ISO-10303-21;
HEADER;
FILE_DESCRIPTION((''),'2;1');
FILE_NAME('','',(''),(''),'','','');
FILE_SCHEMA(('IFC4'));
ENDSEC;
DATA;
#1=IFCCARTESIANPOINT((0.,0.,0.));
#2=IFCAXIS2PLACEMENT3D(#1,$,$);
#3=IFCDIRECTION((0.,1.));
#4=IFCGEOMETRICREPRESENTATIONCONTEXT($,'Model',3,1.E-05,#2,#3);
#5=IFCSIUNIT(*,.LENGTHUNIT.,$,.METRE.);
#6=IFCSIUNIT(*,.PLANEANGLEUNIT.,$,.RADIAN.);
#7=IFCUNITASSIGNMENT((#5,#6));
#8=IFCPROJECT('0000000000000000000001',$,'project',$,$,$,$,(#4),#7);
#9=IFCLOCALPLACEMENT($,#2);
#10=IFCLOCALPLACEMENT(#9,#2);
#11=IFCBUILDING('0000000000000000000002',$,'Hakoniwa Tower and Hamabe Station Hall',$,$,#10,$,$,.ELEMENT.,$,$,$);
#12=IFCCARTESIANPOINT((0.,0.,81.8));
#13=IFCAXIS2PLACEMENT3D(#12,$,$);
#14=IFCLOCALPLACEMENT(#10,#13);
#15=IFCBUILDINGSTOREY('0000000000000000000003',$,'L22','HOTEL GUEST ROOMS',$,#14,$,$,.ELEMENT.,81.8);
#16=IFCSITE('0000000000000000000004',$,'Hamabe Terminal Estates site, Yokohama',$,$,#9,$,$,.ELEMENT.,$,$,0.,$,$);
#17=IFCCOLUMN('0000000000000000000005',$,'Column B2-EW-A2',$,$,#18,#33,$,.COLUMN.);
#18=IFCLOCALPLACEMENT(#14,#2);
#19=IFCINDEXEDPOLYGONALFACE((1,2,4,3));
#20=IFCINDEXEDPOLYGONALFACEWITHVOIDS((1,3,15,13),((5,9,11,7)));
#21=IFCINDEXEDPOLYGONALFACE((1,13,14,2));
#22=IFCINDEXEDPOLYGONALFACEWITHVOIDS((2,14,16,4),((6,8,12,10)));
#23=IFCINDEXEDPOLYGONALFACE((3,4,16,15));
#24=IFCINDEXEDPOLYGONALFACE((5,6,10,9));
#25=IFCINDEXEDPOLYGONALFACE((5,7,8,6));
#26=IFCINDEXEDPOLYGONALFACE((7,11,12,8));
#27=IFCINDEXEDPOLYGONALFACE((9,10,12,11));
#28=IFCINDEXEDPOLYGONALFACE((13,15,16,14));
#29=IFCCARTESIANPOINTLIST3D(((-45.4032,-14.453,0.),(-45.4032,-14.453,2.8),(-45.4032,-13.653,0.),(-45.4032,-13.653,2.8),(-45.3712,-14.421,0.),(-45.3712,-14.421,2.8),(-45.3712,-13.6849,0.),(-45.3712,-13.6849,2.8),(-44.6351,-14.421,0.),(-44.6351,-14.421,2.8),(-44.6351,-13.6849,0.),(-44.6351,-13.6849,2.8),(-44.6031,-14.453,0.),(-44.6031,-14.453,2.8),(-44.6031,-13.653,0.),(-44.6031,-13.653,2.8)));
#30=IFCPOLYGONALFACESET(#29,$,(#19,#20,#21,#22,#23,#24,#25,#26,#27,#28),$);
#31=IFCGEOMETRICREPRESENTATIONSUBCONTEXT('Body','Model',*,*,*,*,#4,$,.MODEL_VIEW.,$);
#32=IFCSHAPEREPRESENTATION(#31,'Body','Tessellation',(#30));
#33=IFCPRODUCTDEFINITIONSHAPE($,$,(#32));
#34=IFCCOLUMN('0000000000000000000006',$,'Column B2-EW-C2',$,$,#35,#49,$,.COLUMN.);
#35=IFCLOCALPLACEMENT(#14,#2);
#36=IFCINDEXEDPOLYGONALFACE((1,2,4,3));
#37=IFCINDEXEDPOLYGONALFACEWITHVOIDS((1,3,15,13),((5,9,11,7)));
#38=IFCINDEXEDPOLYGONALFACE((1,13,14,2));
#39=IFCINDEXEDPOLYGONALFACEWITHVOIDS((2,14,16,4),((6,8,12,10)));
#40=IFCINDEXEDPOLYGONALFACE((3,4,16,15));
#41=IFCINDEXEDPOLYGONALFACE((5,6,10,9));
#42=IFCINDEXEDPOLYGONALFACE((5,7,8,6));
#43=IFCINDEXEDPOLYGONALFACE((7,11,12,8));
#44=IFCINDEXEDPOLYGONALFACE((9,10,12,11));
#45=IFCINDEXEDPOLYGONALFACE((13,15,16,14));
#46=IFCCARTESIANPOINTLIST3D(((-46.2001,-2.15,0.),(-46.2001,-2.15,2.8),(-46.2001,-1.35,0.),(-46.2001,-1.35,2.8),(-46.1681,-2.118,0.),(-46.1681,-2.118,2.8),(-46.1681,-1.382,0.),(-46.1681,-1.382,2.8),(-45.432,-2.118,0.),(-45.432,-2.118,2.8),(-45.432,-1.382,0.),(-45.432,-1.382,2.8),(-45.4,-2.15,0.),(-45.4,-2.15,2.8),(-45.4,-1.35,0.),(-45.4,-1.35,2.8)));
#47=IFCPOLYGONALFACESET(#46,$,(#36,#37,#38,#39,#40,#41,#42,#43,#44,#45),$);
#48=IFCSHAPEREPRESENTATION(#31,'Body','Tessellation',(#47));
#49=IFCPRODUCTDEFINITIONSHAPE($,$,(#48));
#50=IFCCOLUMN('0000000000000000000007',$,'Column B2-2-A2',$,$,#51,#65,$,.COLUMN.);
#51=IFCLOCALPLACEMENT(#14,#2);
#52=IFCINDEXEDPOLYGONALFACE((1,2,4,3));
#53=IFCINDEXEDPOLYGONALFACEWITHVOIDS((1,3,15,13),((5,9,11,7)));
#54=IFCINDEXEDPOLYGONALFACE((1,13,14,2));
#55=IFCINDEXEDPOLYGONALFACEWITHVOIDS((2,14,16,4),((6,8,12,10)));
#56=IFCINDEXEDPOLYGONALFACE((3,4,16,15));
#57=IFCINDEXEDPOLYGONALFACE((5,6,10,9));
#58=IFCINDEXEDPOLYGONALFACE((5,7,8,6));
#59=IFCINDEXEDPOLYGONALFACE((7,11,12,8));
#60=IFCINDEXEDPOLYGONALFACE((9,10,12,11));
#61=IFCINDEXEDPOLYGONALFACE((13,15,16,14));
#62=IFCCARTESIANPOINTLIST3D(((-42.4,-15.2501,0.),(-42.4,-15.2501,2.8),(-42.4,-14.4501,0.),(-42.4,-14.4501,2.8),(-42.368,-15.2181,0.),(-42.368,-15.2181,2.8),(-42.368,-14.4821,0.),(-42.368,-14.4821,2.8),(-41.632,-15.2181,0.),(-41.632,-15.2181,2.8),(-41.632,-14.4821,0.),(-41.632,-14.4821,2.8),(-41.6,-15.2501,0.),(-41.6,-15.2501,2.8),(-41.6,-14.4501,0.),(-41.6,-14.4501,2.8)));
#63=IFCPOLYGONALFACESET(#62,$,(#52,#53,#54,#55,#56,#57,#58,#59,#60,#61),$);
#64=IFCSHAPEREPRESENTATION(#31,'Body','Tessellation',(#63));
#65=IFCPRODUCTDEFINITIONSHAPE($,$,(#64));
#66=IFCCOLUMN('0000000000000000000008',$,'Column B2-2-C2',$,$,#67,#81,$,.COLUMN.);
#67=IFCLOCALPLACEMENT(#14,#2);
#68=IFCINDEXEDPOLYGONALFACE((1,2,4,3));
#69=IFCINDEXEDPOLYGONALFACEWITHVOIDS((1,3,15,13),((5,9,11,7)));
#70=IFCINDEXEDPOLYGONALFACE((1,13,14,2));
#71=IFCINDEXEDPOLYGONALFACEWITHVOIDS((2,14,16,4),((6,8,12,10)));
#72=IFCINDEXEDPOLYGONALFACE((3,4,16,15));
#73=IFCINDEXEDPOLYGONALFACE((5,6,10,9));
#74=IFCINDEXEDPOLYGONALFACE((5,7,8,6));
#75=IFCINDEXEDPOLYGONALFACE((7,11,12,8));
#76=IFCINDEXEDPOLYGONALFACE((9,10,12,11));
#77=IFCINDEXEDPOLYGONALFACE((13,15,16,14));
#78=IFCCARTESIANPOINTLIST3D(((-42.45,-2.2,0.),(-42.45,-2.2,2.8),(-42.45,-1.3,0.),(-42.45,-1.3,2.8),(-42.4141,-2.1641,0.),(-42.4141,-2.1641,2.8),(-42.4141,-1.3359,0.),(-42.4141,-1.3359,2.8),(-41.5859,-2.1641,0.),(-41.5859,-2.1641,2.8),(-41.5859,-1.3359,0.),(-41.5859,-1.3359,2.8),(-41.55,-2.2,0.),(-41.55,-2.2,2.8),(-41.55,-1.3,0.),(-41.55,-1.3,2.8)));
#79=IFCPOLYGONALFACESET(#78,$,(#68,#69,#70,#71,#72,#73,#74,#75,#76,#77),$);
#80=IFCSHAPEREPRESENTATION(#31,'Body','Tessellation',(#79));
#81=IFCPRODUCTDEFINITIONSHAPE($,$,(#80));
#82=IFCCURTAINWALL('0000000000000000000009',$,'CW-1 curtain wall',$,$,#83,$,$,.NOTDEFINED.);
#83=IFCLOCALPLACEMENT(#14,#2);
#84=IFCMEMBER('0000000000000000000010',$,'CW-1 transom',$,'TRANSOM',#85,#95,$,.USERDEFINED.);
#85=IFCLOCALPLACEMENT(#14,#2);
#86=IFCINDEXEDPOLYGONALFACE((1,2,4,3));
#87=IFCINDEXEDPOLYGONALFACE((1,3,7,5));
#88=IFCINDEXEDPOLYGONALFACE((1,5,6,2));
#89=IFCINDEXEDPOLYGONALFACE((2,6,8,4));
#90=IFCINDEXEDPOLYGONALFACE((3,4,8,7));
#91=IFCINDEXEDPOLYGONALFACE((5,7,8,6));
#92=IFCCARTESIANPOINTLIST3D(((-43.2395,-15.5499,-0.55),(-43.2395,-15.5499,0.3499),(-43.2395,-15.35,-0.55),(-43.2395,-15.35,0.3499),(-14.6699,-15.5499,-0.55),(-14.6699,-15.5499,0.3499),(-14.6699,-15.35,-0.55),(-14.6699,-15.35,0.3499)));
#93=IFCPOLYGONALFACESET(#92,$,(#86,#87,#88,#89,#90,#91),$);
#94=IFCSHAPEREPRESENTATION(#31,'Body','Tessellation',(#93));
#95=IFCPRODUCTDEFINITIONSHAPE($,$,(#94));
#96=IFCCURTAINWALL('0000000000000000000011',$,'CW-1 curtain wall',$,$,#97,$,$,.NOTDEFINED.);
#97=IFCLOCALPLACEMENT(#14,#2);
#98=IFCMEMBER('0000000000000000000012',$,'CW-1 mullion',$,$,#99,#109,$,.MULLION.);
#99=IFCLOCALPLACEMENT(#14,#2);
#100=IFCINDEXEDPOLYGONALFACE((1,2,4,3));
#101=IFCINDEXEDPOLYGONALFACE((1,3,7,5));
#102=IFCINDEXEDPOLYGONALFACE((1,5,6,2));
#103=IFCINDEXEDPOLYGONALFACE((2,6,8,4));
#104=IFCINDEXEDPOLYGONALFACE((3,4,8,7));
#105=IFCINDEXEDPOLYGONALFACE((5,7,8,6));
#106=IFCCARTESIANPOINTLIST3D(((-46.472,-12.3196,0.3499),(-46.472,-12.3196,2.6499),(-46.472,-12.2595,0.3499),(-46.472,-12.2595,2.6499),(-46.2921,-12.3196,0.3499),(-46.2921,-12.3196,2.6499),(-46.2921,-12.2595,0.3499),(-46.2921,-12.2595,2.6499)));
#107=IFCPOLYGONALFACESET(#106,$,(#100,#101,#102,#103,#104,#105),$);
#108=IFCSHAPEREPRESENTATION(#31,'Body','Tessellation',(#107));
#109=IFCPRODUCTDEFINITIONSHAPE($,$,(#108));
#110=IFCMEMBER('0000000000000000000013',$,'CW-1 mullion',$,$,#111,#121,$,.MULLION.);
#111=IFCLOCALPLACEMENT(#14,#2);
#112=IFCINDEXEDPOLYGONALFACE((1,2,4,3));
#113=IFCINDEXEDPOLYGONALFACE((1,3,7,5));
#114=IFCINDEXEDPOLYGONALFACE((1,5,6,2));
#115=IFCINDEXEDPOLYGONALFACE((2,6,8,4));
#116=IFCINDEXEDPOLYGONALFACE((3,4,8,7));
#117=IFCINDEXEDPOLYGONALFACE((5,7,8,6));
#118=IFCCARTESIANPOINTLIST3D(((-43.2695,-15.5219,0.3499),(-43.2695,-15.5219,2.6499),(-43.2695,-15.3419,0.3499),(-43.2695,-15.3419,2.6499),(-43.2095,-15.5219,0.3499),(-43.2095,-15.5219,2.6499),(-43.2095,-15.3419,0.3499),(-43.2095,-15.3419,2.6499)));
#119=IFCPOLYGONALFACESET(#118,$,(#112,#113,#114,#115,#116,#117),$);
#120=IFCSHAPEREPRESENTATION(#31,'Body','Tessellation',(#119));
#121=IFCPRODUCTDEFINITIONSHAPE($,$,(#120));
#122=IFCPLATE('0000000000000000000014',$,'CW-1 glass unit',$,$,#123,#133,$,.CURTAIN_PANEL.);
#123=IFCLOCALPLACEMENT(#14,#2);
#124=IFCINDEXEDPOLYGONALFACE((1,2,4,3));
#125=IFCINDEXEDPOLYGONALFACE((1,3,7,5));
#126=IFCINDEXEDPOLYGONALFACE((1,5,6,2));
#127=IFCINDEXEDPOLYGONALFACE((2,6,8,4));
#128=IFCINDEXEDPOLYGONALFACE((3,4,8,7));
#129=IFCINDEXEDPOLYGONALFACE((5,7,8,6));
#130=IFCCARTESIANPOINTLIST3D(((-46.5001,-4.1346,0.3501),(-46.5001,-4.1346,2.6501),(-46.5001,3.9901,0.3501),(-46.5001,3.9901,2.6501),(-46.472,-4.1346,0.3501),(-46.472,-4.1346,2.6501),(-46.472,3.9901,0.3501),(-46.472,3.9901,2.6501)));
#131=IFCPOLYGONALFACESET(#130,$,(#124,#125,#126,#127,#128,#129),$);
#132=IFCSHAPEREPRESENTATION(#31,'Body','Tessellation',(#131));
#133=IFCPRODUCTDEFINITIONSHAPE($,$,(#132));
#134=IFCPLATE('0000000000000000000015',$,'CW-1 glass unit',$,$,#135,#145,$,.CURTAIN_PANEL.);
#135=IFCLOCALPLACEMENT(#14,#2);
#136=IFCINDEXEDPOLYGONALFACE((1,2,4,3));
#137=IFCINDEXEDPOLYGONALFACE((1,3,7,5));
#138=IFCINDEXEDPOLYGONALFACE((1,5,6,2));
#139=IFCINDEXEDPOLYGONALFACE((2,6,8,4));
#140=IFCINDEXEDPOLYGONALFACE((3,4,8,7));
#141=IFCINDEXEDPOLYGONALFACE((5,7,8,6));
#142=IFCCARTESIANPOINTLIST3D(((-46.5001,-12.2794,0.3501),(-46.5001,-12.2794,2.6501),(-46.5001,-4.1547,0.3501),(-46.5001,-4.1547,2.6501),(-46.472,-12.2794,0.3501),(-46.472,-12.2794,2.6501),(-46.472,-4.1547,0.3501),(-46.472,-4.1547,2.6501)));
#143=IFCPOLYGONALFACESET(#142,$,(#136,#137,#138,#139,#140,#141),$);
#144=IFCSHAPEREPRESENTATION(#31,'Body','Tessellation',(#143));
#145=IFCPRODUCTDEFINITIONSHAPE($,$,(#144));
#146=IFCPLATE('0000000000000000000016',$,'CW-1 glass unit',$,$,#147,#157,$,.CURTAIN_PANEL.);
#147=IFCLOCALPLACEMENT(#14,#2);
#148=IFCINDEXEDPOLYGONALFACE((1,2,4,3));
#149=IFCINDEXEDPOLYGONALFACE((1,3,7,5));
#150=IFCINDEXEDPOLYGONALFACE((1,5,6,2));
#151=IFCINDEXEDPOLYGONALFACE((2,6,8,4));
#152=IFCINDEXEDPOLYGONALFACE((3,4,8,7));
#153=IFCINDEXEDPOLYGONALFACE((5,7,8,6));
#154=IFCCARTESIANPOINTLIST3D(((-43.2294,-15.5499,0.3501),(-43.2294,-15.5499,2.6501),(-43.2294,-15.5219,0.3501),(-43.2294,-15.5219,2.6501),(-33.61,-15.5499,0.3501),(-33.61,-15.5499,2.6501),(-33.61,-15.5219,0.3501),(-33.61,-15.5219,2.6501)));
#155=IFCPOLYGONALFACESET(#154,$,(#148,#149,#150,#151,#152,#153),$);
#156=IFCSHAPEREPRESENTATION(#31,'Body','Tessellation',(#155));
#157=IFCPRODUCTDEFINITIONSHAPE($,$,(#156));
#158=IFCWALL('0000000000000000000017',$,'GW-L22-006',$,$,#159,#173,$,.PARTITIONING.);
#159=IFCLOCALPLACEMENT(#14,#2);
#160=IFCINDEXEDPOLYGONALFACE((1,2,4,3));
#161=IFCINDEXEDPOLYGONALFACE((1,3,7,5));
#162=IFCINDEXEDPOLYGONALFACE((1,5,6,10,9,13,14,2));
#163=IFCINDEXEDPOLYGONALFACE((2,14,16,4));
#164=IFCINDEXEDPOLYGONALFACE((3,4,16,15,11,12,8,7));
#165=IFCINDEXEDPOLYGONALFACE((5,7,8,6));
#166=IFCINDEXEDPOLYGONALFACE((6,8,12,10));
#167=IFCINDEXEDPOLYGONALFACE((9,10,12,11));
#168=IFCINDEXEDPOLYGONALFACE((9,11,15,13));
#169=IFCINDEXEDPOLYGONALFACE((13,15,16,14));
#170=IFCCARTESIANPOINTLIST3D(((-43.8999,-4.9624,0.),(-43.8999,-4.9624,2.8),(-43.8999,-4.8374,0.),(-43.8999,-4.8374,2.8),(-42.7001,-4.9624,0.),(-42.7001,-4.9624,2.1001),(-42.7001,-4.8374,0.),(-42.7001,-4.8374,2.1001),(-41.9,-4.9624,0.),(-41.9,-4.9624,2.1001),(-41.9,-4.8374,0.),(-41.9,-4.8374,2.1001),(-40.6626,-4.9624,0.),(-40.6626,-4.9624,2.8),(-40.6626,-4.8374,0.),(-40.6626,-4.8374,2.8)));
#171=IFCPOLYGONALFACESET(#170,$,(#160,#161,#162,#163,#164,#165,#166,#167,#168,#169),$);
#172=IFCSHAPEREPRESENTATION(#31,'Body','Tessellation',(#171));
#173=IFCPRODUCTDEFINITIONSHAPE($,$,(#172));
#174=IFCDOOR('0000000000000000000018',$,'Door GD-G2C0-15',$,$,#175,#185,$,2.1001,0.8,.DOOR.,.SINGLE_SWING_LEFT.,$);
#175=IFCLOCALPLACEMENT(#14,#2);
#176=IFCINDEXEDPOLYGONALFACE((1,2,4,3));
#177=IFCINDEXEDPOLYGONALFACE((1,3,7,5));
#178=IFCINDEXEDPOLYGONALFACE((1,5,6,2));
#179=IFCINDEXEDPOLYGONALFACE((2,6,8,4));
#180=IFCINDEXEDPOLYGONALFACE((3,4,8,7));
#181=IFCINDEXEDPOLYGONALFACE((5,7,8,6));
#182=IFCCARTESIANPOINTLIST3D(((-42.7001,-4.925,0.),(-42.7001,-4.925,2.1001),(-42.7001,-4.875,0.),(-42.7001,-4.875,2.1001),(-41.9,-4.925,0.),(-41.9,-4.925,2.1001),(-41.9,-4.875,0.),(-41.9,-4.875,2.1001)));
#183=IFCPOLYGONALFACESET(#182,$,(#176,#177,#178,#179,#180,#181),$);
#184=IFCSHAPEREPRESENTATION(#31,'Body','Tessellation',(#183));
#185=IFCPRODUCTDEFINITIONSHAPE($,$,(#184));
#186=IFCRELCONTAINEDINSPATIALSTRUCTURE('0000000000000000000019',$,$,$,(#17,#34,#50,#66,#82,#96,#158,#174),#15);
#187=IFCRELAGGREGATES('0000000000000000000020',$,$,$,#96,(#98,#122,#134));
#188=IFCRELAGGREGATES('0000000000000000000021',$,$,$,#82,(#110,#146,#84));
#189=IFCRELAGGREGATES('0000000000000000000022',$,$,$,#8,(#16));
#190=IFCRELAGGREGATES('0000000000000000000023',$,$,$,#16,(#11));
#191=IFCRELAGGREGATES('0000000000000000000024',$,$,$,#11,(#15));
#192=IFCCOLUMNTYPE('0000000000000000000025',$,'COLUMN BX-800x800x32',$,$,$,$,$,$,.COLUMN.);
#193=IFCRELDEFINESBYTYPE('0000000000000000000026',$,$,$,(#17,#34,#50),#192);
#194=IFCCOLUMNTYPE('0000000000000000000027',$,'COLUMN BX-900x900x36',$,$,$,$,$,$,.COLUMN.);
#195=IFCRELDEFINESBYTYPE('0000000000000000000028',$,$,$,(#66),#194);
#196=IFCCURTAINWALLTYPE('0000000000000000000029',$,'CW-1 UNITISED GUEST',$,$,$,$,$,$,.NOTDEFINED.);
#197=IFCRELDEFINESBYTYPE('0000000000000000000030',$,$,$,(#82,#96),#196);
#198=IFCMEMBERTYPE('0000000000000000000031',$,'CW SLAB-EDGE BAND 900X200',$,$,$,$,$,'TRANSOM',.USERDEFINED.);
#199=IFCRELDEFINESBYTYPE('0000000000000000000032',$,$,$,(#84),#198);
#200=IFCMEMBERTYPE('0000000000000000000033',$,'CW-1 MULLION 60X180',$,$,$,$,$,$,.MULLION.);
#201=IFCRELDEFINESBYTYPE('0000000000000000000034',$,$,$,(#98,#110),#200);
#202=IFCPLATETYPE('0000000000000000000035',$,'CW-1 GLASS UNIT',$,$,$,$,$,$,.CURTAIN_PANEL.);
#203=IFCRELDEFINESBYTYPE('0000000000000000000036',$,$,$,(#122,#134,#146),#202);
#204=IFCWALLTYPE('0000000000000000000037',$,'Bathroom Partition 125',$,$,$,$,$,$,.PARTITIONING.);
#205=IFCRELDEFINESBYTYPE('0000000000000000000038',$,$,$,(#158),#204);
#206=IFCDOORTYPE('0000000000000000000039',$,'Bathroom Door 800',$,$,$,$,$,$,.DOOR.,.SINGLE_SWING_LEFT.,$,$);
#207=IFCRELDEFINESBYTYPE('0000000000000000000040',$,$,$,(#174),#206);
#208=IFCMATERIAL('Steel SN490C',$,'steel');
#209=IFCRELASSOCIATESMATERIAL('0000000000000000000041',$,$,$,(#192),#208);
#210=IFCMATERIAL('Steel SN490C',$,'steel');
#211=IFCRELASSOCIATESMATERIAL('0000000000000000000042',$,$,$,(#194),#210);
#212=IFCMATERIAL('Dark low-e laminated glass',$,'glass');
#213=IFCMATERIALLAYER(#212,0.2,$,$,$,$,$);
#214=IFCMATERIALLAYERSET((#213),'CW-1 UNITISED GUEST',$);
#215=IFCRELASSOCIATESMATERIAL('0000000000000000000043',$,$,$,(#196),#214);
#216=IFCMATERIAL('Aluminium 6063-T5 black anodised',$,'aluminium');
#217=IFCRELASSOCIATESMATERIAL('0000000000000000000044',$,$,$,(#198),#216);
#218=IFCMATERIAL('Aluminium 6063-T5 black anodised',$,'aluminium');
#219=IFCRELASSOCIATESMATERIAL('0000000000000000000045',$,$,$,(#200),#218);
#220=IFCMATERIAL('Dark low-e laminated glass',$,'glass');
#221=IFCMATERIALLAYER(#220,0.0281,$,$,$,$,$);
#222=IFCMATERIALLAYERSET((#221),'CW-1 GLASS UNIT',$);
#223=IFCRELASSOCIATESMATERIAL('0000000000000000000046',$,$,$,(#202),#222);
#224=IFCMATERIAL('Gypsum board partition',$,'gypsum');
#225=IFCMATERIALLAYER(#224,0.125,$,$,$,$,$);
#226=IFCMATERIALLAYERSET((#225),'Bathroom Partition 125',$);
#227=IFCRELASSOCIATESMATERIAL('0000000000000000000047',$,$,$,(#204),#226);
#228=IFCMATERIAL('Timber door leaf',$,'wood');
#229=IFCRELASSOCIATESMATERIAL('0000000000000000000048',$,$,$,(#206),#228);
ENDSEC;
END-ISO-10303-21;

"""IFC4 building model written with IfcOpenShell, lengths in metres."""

from ifc_helpers import new_model, si_unit, direction, frame, frame_2d, origin, origin_2d, place, context, subcontext, project, spatial, rectangle, hollow_rectangle, extrude, material, layer, layer_set, material_profile, profile_set, type_object, element, fill, aggregate, save


model = new_model("IFC4")

# Units and contexts
model_context = context("Model", 3, precision=1e-05, world=origin(), true_north=direction((0.0, 1.0)))
body_context = subcontext(model_context, "Body", "Model", "MODEL_VIEW")
ifc_project = project(units=[si_unit("LENGTHUNIT", "METRE"), si_unit("PLANEANGLEUNIT", "RADIAN")], contexts=[model_context])

# Site, building, storey
site_placement = place(None, origin())
site = spatial("IfcSite", under=ifc_project, at=site_placement, Name="Hamabe Terminal Estates site, Yokohama", CompositionType="ELEMENT", RefElevation=0.0)
building_placement = place(site_placement, origin())
building = spatial("IfcBuilding", under=site, at=building_placement, Name="Hakoniwa Tower and Hamabe Station Hall", CompositionType="ELEMENT")
storey_placement = place(building_placement, frame((0.0, 0.0, 81.8)))
storey = spatial("IfcBuildingStorey", under=building, at=storey_placement, Name="L22", Description="HOTEL GUEST ROOMS", CompositionType="ELEMENT", Elevation=81.8)

# Columns
ifc_material_1 = material(Name="Steel SN490C", Category="steel")
ifc_material_profile_1 = material_profile(ifc_material_1, hollow_rectangle(XDim=0.8, YDim=0.8, WallThickness=0.032, at=origin_2d()), Name="BX-800x800x32")
ifc_profile_set_1 = profile_set([ifc_material_profile_1], Name="Steel SN490C")
column_type_1 = type_object("IfcColumnType", Name="COLUMN BX-800x800x32", PredefinedType="COLUMN", material=ifc_profile_set_1)
for number, where, z_axis, x_axis, name in (
    (1, (-45.0032, -14.053, 0.0), (0.0, 0.0, 1.0), (1.0, 0.0, 0.0), "Column B2-EW-A2"),
    (2, (-45.8, -1.75, 0.0), (0.0, 0.0, 1.0), (1.0, 0.0, 0.0), "Column B2-EW-C2"),
    (3, (-42.0, -14.8501, 0.0), (0.0, 0.0, 1.0), (1.0, 0.0, 0.0), "Column B2-2-A2"),
):
    element("IfcColumn", number, at=place(storey_placement, frame(where, z_axis=z_axis, x_axis=x_axis)), inside=storey, type_object=column_type_1, Name=name, PredefinedType="COLUMN", context=body_context, shape_type="SweptSolid", body=[
        extrude(hollow_rectangle(XDim=0.8, YDim=0.8, WallThickness=0.032, at=origin_2d()), origin(), (0.0, 0.0, 1.0), 2.8),
    ])
ifc_material_2 = material(Name="Steel SN490C", Category="steel")
ifc_material_profile_2 = material_profile(ifc_material_2, hollow_rectangle(XDim=0.8999, YDim=0.8999, WallThickness=0.0359, at=origin_2d()), Name="BX-900x900x36")
ifc_profile_set_2 = profile_set([ifc_material_profile_2], Name="Steel SN490C")
column_type_2 = type_object("IfcColumnType", Name="COLUMN BX-900x900x36", PredefinedType="COLUMN", material=ifc_profile_set_2)
column_placement = place(storey_placement, frame((-42.0, -1.75, 0.0), z_axis=(0.0, 0.0, 1.0), x_axis=(1.0, 0.0, 0.0)))
element("IfcColumn", 4, at=column_placement, inside=storey, type_object=column_type_2, Name="Column B2-2-C2", PredefinedType="COLUMN", context=body_context, shape_type="SweptSolid", body=[
    extrude(hollow_rectangle(XDim=0.8999, YDim=0.8999, WallThickness=0.0359, at=origin_2d()), origin(), (0.0, 0.0, 1.0), 2.8),
])

# Curtain walls, members
ifc_material_3 = material(Name="Dark low-e laminated glass", Category="glass")
ifc_layer_1 = layer(ifc_material_3, 0.2)
ifc_layer_set_1 = layer_set([ifc_layer_1], Name="CW-1 UNITISED GUEST")
curtain_wall_type = type_object("IfcCurtainWallType", Name="CW-1 UNITISED GUEST", PredefinedType="NOTDEFINED", material=ifc_layer_set_1)
curtain_wall_1_placement = place(storey_placement, origin())
curtain_wall_1 = element("IfcCurtainWall", 5, at=curtain_wall_1_placement, inside=storey, type_object=curtain_wall_type, Name="CW-1 curtain wall", PredefinedType="NOTDEFINED")
ifc_material_4 = material(Name="Aluminium 6063-T5 black anodised", Category="aluminium")
ifc_material_profile_3 = material_profile(ifc_material_4, rectangle(XDim=0.2, YDim=0.8999, at=origin_2d()), Name="CW SLAB-EDGE BAND 900X200")
ifc_profile_set_3 = profile_set([ifc_material_profile_3], Name="Aluminium 6063-T5 black anodised")
member_type_1 = type_object("IfcMemberType", Name="CW SLAB-EDGE BAND 900X200", ElementType="TRANSOM", PredefinedType="USERDEFINED", material=ifc_profile_set_3)
member_1_placement = place(storey_placement, frame((-43.2395, -15.45, -0.1001), z_axis=(1.0, 0.0, 0.0), x_axis=(0.0, 1.0, 0.0)))
member_1 = element("IfcMember", 6, at=member_1_placement, type_object=member_type_1, Name="CW-1 transom", ObjectType="TRANSOM", PredefinedType="USERDEFINED", context=body_context, shape_type="SweptSolid", body=[
    extrude(rectangle(XDim=0.2, YDim=0.8999, at=origin_2d()), origin(), (0.0, 0.0, 1.0), 28.5696),
])
curtain_wall_2_placement = place(storey_placement, origin())
curtain_wall_2 = element("IfcCurtainWall", 7, at=curtain_wall_2_placement, inside=storey, type_object=curtain_wall_type, Name="CW-1 curtain wall", PredefinedType="NOTDEFINED")
ifc_material_5 = material(Name="Aluminium 6063-T5 black anodised", Category="aluminium")
ifc_material_profile_4 = material_profile(ifc_material_5, rectangle(XDim=0.0601, YDim=0.1799, at=origin_2d()), Name="CW-1 MULLION 60X180")
ifc_profile_set_4 = profile_set([ifc_material_profile_4], Name="Aluminium 6063-T5 black anodised")
member_type_2 = type_object("IfcMemberType", Name="CW-1 MULLION 60X180", PredefinedType="MULLION", material=ifc_profile_set_4)
member_2_placement = place(storey_placement, frame((-46.3821, -12.2896, 0.3499), z_axis=(0.0, 0.0, 1.0), x_axis=(0.0, -1.0, 0.0)))
member_2 = element("IfcMember", 8, at=member_2_placement, type_object=member_type_2, Name="CW-1 mullion", PredefinedType="MULLION", context=body_context, shape_type="SweptSolid", body=[
    extrude(rectangle(XDim=0.0601, YDim=0.1799, at=origin_2d()), origin(), (0.0, 0.0, 1.0), 2.3),
])

# Member
member_3_placement = place(storey_placement, frame((-43.2395, -15.4319, 0.3499), z_axis=(0.0, 0.0, 1.0), x_axis=(1.0, 0.0, 0.0)))
member_3 = element("IfcMember", 9, at=member_3_placement, type_object=member_type_2, Name="CW-1 mullion", PredefinedType="MULLION", context=body_context, shape_type="SweptSolid", body=[
    extrude(rectangle(XDim=0.0601, YDim=0.1799, at=origin_2d()), origin(), (0.0, 0.0, 1.0), 2.3),
])

# Plates
ifc_material_6 = material(Name="Dark low-e laminated glass", Category="glass")
ifc_layer_2 = layer(ifc_material_6, 0.0281)
ifc_layer_set_2 = layer_set([ifc_layer_2], Name="CW-1 GLASS UNIT")
plate_type = type_object("IfcPlateType", Name="CW-1 GLASS UNIT", PredefinedType="CURTAIN_PANEL", material=ifc_layer_set_2)
plate_1_placement = place(storey_placement, frame((-46.4861, -0.0723, 0.3501), z_axis=(0.0, 0.0, 1.0), x_axis=(0.0, -1.0, 0.0)))
plate_1 = element("IfcPlate", 10, at=plate_1_placement, type_object=plate_type, Name="CW-1 glass unit", PredefinedType="CURTAIN_PANEL", context=body_context, shape_type="SweptSolid", body=[
    extrude(rectangle(XDim=8.1248, YDim=0.0281, at=origin_2d()), origin(), (0.0, 0.0, 1.0), 2.3),
])
plate_2_placement = place(storey_placement, frame((-46.4861, -8.217, 0.3501), z_axis=(0.0, 0.0, 1.0), x_axis=(0.0, -1.0, 0.0)))
plate_2 = element("IfcPlate", 11, at=plate_2_placement, type_object=plate_type, Name="CW-1 glass unit", PredefinedType="CURTAIN_PANEL", context=body_context, shape_type="SweptSolid", body=[
    extrude(rectangle(XDim=8.1248, YDim=0.0281, at=origin_2d()), origin(), (0.0, 0.0, 1.0), 2.3),
])
aggregate(curtain_wall_2, [member_2, plate_1, plate_2])
plate_3_placement = place(storey_placement, frame((-38.4197, -15.5359, 0.3501), z_axis=(0.0, 0.0, 1.0), x_axis=(1.0, 0.0, 0.0)))
plate_3 = element("IfcPlate", 12, at=plate_3_placement, type_object=plate_type, Name="CW-1 glass unit", PredefinedType="CURTAIN_PANEL", context=body_context, shape_type="SweptSolid", body=[
    extrude(rectangle(XDim=9.6194, YDim=0.0281, at=origin_2d()), origin(), (0.0, 0.0, 1.0), 2.3),
])
aggregate(curtain_wall_1, [member_3, plate_3, member_1])

# Wall, opening, door
ifc_material_7 = material(Name="Gypsum board partition", Category="gypsum")
ifc_layer_3 = layer(ifc_material_7, 0.125)
ifc_layer_set_3 = layer_set([ifc_layer_3], Name="Bathroom Partition 125")
wall_type_1 = type_object("IfcWallType", Name="Bathroom Partition 125", PredefinedType="PARTITIONING", material=ifc_layer_set_3)
wall_1_placement = place(storey_placement, frame((-43.8999, -4.8999, 0.0), z_axis=(0.0, 0.0, 1.0), x_axis=(1.0, 0.0, 0.0)))
wall_1 = element("IfcWall", 13, at=wall_1_placement, inside=storey, type_object=wall_type_1, Name="GW-L22-006", PredefinedType="PARTITIONING", context=body_context, shape_type="SweptSolid", body=[
    extrude(rectangle(XDim=3.2373, YDim=0.125, at=frame_2d((1.6187, 0.0))), origin(), (0.0, 0.0, 1.0), 2.8),
])
opening_1_placement = place(wall_1_placement, frame((1.2, 0.0, 0.0)))
opening_1 = element("IfcOpeningElement", 14, at=opening_1_placement, cuts=wall_1, PredefinedType="OPENING", context=body_context, shape_type="SweptSolid", body=[
    extrude(rectangle(XDim=0.8, YDim=2.1001, at=frame_2d((0.3999, 1.05))), frame((0.0, 0.0725, 0.0), z_axis=(0.0, -1.0, 0.0), x_axis=(1.0, 0.0, 0.0)), (0.0, 0.0, 1.0), 0.145),
])
ifc_material_8 = material(Name="Timber door leaf", Category="wood")
door_type_1 = type_object("IfcDoorType", Name="Bathroom Door 800", OperationType="SINGLE_SWING_LEFT", PredefinedType="DOOR", material=ifc_material_8)
door_1_placement = place(opening_1_placement, origin())
door_1 = element("IfcDoor", 15, at=door_1_placement, inside=storey, type_object=door_type_1, Name="Door GD-G2C0-15", OperationType="SINGLE_SWING_LEFT", OverallHeight=2.1001, OverallWidth=0.8, PredefinedType="DOOR", context=body_context, shape_type="SweptSolid", body=[
    extrude(rectangle(XDim=0.8, YDim=2.1001, at=frame_2d((0.3999, 1.05))), frame((0.0, 0.0249, 0.0), z_axis=(0.0, -1.0, 0.0), x_axis=(1.0, 0.0, 0.0)), (0.0, 0.0, 1.0), 0.05),
])
fill(opening_1, door_1)

save(model, "model.ifc")
